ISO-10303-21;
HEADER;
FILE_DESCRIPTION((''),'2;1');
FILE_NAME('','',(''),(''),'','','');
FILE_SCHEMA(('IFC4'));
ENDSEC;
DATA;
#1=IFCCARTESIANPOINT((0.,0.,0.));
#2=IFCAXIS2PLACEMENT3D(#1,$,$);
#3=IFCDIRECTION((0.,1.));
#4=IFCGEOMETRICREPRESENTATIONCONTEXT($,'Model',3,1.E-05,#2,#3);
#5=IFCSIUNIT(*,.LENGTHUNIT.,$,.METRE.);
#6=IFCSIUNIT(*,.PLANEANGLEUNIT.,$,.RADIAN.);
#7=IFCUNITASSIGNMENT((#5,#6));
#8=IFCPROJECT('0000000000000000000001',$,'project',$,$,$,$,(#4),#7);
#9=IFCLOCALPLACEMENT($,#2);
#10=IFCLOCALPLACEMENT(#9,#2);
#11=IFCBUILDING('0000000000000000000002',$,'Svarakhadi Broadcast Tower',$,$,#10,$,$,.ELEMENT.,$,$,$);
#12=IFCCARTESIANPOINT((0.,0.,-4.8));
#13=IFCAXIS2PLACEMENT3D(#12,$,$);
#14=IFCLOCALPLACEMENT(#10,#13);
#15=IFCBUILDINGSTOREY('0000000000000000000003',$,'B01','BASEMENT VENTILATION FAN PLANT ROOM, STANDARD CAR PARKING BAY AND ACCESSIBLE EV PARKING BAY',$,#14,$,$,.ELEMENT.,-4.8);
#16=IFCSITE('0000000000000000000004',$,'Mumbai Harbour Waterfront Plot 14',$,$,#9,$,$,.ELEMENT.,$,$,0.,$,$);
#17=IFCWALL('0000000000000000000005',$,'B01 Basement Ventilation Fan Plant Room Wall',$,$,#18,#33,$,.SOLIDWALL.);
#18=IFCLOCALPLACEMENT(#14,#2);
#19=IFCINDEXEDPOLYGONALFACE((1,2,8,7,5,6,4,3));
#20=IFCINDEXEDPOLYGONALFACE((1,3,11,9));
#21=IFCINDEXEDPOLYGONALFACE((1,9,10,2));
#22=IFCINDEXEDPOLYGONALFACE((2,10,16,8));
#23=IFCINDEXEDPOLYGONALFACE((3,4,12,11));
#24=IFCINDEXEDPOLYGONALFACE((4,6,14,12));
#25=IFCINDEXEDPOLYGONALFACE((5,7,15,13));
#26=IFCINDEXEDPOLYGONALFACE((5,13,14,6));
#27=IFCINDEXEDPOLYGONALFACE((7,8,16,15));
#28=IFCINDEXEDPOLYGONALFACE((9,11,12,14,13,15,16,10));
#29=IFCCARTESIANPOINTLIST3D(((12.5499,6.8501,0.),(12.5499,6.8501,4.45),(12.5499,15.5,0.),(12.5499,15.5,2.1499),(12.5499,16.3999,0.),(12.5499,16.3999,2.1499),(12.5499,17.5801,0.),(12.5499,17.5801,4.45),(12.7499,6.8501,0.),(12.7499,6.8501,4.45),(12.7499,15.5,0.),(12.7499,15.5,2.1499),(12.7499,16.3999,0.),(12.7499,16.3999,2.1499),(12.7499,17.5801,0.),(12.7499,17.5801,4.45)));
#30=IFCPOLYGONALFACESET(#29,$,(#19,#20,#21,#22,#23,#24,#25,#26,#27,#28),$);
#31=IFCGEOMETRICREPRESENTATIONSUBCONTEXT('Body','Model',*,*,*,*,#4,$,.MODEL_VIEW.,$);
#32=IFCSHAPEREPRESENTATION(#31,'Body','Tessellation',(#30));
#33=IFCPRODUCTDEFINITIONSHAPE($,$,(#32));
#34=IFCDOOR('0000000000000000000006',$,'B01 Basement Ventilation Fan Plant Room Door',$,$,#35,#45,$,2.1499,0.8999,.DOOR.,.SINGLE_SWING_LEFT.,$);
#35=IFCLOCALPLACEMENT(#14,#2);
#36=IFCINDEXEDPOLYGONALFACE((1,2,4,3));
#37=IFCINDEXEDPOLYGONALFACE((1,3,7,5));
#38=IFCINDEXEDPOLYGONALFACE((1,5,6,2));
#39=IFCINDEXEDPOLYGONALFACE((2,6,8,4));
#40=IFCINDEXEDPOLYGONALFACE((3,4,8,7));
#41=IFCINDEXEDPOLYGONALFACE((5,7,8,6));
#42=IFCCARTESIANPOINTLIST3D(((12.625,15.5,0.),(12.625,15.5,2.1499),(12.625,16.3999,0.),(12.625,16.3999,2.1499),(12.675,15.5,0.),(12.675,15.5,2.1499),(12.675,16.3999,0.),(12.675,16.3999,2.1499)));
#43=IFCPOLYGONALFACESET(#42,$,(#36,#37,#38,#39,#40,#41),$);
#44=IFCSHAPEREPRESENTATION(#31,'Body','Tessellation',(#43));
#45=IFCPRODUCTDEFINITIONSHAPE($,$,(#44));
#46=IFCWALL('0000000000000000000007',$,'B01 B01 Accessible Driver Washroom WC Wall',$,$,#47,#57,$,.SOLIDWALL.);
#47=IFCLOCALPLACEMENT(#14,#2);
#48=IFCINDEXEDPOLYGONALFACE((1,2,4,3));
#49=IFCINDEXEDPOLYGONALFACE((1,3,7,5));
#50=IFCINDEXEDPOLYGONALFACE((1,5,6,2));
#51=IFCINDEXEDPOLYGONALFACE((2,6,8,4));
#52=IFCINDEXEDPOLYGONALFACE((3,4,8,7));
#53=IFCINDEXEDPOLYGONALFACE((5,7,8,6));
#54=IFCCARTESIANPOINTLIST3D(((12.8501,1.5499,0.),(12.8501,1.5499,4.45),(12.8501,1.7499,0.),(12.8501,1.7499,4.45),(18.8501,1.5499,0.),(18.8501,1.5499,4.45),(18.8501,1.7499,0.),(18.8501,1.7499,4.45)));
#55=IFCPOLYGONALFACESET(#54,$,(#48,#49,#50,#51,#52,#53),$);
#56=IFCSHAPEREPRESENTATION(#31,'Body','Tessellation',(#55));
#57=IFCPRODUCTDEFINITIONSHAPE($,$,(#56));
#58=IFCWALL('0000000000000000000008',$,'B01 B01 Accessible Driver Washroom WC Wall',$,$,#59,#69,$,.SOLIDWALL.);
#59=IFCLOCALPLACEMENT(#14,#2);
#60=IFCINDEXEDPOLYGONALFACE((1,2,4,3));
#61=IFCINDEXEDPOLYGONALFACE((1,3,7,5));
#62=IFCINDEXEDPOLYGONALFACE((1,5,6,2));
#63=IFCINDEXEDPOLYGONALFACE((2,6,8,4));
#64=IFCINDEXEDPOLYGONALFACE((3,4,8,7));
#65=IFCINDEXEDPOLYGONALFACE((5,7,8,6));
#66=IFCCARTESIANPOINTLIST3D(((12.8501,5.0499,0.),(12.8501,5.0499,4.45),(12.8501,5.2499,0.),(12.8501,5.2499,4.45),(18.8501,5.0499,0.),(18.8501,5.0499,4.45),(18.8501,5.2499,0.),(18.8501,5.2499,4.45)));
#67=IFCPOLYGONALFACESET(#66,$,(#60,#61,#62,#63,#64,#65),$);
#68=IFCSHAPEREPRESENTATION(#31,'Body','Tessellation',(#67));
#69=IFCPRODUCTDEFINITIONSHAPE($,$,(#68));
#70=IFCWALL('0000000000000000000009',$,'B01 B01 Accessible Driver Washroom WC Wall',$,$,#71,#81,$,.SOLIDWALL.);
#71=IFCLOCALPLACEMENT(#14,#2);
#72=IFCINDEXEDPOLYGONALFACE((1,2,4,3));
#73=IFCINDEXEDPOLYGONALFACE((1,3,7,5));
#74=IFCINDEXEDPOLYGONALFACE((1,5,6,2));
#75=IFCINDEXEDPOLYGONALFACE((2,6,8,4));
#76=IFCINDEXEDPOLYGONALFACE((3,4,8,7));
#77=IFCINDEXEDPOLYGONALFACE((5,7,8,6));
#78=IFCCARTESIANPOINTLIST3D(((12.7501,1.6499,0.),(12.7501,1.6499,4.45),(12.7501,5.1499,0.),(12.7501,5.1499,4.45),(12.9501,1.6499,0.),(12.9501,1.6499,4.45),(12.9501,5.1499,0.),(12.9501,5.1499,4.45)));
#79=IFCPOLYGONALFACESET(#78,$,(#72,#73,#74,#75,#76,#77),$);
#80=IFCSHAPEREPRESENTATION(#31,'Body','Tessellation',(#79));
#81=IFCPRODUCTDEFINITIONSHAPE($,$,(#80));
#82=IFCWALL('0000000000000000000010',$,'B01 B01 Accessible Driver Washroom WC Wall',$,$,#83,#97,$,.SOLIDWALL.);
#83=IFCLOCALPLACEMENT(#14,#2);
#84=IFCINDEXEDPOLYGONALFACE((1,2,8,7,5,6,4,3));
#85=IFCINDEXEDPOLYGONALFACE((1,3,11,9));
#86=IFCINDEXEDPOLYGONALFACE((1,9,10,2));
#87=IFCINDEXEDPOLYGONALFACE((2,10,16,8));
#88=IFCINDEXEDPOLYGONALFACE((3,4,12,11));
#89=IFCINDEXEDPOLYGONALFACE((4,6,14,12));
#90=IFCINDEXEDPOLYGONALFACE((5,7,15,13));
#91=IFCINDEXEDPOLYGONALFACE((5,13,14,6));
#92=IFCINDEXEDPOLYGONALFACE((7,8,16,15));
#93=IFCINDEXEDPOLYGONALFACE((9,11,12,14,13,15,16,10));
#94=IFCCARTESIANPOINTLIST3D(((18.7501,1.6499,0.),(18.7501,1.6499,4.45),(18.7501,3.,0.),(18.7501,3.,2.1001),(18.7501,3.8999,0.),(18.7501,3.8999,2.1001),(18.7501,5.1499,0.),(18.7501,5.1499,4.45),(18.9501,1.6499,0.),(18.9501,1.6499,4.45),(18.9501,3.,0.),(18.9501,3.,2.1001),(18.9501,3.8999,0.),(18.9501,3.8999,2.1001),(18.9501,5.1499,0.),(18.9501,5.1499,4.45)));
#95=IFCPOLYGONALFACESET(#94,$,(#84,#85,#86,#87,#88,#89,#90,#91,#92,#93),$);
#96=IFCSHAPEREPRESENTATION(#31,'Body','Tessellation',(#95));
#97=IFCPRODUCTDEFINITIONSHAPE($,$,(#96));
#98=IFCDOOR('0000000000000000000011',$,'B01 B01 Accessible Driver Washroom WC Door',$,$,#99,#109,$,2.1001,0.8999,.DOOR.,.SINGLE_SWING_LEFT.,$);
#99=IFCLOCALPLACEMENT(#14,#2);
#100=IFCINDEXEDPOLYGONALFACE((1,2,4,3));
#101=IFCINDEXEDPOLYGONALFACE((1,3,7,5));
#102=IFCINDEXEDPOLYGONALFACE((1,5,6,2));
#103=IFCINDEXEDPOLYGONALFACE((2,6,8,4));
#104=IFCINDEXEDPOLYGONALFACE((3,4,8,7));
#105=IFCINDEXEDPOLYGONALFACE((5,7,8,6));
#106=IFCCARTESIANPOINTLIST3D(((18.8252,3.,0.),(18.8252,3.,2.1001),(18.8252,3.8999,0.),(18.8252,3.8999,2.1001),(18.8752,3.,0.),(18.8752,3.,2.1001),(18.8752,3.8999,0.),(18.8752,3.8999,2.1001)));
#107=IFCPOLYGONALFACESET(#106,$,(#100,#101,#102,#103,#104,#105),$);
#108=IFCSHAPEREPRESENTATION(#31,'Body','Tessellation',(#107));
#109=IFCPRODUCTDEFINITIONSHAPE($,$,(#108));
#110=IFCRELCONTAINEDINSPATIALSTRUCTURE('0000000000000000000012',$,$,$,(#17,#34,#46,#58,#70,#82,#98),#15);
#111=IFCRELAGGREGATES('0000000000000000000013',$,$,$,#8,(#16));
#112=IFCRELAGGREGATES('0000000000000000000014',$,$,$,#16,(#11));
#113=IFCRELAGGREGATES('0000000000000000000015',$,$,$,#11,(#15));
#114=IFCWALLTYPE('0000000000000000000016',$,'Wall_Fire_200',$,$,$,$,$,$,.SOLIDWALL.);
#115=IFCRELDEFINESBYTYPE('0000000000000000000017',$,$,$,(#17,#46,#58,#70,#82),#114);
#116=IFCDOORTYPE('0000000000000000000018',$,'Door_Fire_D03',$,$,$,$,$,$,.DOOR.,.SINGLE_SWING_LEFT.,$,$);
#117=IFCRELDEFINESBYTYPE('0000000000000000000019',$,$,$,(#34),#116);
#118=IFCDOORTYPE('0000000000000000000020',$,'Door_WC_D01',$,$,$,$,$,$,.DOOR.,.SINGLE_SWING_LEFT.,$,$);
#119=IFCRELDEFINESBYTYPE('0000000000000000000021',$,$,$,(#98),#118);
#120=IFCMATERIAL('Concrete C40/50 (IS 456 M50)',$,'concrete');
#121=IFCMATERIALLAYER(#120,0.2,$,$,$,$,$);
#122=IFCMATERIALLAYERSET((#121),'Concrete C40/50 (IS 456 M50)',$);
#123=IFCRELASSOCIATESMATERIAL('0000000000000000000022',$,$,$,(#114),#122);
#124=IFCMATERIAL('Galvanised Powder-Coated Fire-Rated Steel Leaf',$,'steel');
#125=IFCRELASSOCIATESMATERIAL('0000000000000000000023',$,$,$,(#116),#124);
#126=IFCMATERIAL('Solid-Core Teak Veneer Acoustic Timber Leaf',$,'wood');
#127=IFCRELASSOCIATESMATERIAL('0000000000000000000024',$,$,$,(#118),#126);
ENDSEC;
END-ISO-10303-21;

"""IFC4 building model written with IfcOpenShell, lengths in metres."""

from ifc_helpers import new_model, si_unit, direction, frame, frame_2d, origin, place, context, subcontext, project, spatial, rectangle, extrude, material, layer, layer_set, type_object, element, fill, save


model = new_model("IFC4")

# Units and contexts
model_context = context("Model", 3, precision=1e-05, world=origin(), true_north=direction((0.0, 1.0)))
body_context = subcontext(model_context, "Body", "Model", "MODEL_VIEW")
ifc_project = project(units=[si_unit("LENGTHUNIT", "METRE"), si_unit("PLANEANGLEUNIT", "RADIAN")], contexts=[model_context])

# Site, building, storey
site_placement = place(None, origin())
site = spatial("IfcSite", under=ifc_project, at=site_placement, Name="Mumbai Harbour Waterfront Plot 14", CompositionType="ELEMENT", RefElevation=0.0)
building_placement = place(site_placement, origin())
building = spatial("IfcBuilding", under=site, at=building_placement, Name="Svarakhadi Broadcast Tower", CompositionType="ELEMENT")
storey_placement = place(building_placement, frame((0.0, 0.0, -4.8)))
storey = spatial("IfcBuildingStorey", under=building, at=storey_placement, Name="B01", Description="BASEMENT VENTILATION FAN PLANT ROOM, STANDARD CAR PARKING BAY AND ACCESSIBLE EV PARKING BAY", CompositionType="ELEMENT", Elevation=-4.8)

# Wall, opening, door
ifc_material_1 = material(Name="Concrete C40/50 (IS 456 M50)", Category="concrete")
ifc_layer = layer(ifc_material_1, 0.2)
ifc_layer_set = layer_set([ifc_layer], Name="Concrete C40/50 (IS 456 M50)")
wall_type = type_object("IfcWallType", Name="Wall_Fire_200", PredefinedType="SOLIDWALL", material=ifc_layer_set)
wall_1_placement = place(storey_placement, frame((12.6499, 6.8501, 0.0), z_axis=(0.0, 0.0, 1.0), x_axis=(0.0, 1.0, 0.0)))
wall_1 = element("IfcWall", 1, at=wall_1_placement, inside=storey, type_object=wall_type, Name="B01 Basement Ventilation Fan Plant Room Wall", PredefinedType="SOLIDWALL", context=body_context, shape_type="SweptSolid", body=[
    extrude(rectangle(XDim=10.73, YDim=0.2, at=frame_2d((5.365, 0.0))), origin(), (0.0, 0.0, 1.0), 4.45),
])
opening_1_placement = place(wall_1_placement, frame((8.6499, 0.0, 0.0)))
opening_1 = element("IfcOpeningElement", 2, at=opening_1_placement, cuts=wall_1, PredefinedType="OPENING", context=body_context, shape_type="SweptSolid", body=[
    extrude(rectangle(XDim=0.8999, YDim=2.1499, at=frame_2d((0.45, 1.075))), frame((0.0, 0.1099, 0.0), z_axis=(0.0, -1.0, 0.0), x_axis=(1.0, 0.0, 0.0)), (0.0, 0.0, 1.0), 0.22),
])
ifc_material_2 = material(Name="Galvanised Powder-Coated Fire-Rated Steel Leaf", Category="steel")
door_type_1 = type_object("IfcDoorType", Name="Door_Fire_D03", OperationType="SINGLE_SWING_LEFT", PredefinedType="DOOR", material=ifc_material_2)
door_1_placement = place(opening_1_placement, origin())
door_1 = element("IfcDoor", 3, at=door_1_placement, inside=storey, type_object=door_type_1, Name="B01 Basement Ventilation Fan Plant Room Door", OperationType="SINGLE_SWING_LEFT", OverallHeight=2.1499, OverallWidth=0.8999, PredefinedType="DOOR", context=body_context, shape_type="SweptSolid", body=[
    extrude(rectangle(XDim=0.8999, YDim=2.1499, at=frame_2d((0.45, 1.075))), frame((0.0, 0.0249, 0.0), z_axis=(0.0, -1.0, 0.0), x_axis=(1.0, 0.0, 0.0)), (0.0, 0.0, 1.0), 0.05),
])
fill(opening_1, door_1)

# Walls
for number, where, z_axis, x_axis, name in (
    (4, (12.8501, 1.6499, 0.0), (0.0, 0.0, 1.0), (1.0, 0.0, 0.0), "B01 B01 Accessible Driver Washroom WC Wall"),
    (5, (12.8501, 5.1499, 0.0), (0.0, 0.0, 1.0), (1.0, 0.0, 0.0), "B01 B01 Accessible Driver Washroom WC Wall"),
):
    element("IfcWall", number, at=place(storey_placement, frame(where, z_axis=z_axis, x_axis=x_axis)), inside=storey, type_object=wall_type, Name=name, PredefinedType="SOLIDWALL", context=body_context, shape_type="SweptSolid", body=[
        extrude(rectangle(XDim=6.0, YDim=0.2, at=frame_2d((3.0, 0.0))), origin(), (0.0, 0.0, 1.0), 4.45),
    ])
wall_2_placement = place(storey_placement, frame((12.8501, 1.6499, 0.0), z_axis=(0.0, 0.0, 1.0), x_axis=(0.0, 1.0, 0.0)))
element("IfcWall", 6, at=wall_2_placement, inside=storey, type_object=wall_type, Name="B01 B01 Accessible Driver Washroom WC Wall", PredefinedType="SOLIDWALL", context=body_context, shape_type="SweptSolid", body=[
    extrude(rectangle(XDim=3.5, YDim=0.2, at=frame_2d((1.75, 0.0))), origin(), (0.0, 0.0, 1.0), 4.45),
])

# Wall, opening, door
wall_3_placement = place(storey_placement, frame((18.8501, 1.6499, 0.0), z_axis=(0.0, 0.0, 1.0), x_axis=(0.0, 1.0, 0.0)))
wall_3 = element("IfcWall", 7, at=wall_3_placement, inside=storey, type_object=wall_type, Name="B01 B01 Accessible Driver Washroom WC Wall", PredefinedType="SOLIDWALL", context=body_context, shape_type="SweptSolid", body=[
    extrude(rectangle(XDim=3.5, YDim=0.2, at=frame_2d((1.75, 0.0))), origin(), (0.0, 0.0, 1.0), 4.45),
])
opening_2_placement = place(wall_3_placement, frame((1.3501, 0.0, 0.0)))
opening_2 = element("IfcOpeningElement", 8, at=opening_2_placement, cuts=wall_3, PredefinedType="OPENING", context=body_context, shape_type="SweptSolid", body=[
    extrude(rectangle(XDim=0.8999, YDim=2.1001, at=frame_2d((0.45, 1.05))), frame((0.0, 0.1099, 0.0), z_axis=(0.0, -1.0, 0.0), x_axis=(1.0, 0.0, 0.0)), (0.0, 0.0, 1.0), 0.22),
])
ifc_material_3 = material(Name="Solid-Core Teak Veneer Acoustic Timber Leaf", Category="wood")
door_type_2 = type_object("IfcDoorType", Name="Door_WC_D01", OperationType="SINGLE_SWING_LEFT", PredefinedType="DOOR", material=ifc_material_3)
door_2_placement = place(opening_2_placement, origin())
door_2 = element("IfcDoor", 9, at=door_2_placement, inside=storey, type_object=door_type_2, Name="B01 B01 Accessible Driver Washroom WC Door", OperationType="SINGLE_SWING_LEFT", OverallHeight=2.1001, OverallWidth=0.8999, PredefinedType="DOOR", context=body_context, shape_type="SweptSolid", body=[
    extrude(rectangle(XDim=0.8999, YDim=2.1001, at=frame_2d((0.45, 1.05))), frame((0.0, 0.0249, 0.0), z_axis=(0.0, -1.0, 0.0), x_axis=(1.0, 0.0, 0.0)), (0.0, 0.0, 1.0), 0.05),
])
fill(opening_2, door_2)

save(model, "model.ifc")
